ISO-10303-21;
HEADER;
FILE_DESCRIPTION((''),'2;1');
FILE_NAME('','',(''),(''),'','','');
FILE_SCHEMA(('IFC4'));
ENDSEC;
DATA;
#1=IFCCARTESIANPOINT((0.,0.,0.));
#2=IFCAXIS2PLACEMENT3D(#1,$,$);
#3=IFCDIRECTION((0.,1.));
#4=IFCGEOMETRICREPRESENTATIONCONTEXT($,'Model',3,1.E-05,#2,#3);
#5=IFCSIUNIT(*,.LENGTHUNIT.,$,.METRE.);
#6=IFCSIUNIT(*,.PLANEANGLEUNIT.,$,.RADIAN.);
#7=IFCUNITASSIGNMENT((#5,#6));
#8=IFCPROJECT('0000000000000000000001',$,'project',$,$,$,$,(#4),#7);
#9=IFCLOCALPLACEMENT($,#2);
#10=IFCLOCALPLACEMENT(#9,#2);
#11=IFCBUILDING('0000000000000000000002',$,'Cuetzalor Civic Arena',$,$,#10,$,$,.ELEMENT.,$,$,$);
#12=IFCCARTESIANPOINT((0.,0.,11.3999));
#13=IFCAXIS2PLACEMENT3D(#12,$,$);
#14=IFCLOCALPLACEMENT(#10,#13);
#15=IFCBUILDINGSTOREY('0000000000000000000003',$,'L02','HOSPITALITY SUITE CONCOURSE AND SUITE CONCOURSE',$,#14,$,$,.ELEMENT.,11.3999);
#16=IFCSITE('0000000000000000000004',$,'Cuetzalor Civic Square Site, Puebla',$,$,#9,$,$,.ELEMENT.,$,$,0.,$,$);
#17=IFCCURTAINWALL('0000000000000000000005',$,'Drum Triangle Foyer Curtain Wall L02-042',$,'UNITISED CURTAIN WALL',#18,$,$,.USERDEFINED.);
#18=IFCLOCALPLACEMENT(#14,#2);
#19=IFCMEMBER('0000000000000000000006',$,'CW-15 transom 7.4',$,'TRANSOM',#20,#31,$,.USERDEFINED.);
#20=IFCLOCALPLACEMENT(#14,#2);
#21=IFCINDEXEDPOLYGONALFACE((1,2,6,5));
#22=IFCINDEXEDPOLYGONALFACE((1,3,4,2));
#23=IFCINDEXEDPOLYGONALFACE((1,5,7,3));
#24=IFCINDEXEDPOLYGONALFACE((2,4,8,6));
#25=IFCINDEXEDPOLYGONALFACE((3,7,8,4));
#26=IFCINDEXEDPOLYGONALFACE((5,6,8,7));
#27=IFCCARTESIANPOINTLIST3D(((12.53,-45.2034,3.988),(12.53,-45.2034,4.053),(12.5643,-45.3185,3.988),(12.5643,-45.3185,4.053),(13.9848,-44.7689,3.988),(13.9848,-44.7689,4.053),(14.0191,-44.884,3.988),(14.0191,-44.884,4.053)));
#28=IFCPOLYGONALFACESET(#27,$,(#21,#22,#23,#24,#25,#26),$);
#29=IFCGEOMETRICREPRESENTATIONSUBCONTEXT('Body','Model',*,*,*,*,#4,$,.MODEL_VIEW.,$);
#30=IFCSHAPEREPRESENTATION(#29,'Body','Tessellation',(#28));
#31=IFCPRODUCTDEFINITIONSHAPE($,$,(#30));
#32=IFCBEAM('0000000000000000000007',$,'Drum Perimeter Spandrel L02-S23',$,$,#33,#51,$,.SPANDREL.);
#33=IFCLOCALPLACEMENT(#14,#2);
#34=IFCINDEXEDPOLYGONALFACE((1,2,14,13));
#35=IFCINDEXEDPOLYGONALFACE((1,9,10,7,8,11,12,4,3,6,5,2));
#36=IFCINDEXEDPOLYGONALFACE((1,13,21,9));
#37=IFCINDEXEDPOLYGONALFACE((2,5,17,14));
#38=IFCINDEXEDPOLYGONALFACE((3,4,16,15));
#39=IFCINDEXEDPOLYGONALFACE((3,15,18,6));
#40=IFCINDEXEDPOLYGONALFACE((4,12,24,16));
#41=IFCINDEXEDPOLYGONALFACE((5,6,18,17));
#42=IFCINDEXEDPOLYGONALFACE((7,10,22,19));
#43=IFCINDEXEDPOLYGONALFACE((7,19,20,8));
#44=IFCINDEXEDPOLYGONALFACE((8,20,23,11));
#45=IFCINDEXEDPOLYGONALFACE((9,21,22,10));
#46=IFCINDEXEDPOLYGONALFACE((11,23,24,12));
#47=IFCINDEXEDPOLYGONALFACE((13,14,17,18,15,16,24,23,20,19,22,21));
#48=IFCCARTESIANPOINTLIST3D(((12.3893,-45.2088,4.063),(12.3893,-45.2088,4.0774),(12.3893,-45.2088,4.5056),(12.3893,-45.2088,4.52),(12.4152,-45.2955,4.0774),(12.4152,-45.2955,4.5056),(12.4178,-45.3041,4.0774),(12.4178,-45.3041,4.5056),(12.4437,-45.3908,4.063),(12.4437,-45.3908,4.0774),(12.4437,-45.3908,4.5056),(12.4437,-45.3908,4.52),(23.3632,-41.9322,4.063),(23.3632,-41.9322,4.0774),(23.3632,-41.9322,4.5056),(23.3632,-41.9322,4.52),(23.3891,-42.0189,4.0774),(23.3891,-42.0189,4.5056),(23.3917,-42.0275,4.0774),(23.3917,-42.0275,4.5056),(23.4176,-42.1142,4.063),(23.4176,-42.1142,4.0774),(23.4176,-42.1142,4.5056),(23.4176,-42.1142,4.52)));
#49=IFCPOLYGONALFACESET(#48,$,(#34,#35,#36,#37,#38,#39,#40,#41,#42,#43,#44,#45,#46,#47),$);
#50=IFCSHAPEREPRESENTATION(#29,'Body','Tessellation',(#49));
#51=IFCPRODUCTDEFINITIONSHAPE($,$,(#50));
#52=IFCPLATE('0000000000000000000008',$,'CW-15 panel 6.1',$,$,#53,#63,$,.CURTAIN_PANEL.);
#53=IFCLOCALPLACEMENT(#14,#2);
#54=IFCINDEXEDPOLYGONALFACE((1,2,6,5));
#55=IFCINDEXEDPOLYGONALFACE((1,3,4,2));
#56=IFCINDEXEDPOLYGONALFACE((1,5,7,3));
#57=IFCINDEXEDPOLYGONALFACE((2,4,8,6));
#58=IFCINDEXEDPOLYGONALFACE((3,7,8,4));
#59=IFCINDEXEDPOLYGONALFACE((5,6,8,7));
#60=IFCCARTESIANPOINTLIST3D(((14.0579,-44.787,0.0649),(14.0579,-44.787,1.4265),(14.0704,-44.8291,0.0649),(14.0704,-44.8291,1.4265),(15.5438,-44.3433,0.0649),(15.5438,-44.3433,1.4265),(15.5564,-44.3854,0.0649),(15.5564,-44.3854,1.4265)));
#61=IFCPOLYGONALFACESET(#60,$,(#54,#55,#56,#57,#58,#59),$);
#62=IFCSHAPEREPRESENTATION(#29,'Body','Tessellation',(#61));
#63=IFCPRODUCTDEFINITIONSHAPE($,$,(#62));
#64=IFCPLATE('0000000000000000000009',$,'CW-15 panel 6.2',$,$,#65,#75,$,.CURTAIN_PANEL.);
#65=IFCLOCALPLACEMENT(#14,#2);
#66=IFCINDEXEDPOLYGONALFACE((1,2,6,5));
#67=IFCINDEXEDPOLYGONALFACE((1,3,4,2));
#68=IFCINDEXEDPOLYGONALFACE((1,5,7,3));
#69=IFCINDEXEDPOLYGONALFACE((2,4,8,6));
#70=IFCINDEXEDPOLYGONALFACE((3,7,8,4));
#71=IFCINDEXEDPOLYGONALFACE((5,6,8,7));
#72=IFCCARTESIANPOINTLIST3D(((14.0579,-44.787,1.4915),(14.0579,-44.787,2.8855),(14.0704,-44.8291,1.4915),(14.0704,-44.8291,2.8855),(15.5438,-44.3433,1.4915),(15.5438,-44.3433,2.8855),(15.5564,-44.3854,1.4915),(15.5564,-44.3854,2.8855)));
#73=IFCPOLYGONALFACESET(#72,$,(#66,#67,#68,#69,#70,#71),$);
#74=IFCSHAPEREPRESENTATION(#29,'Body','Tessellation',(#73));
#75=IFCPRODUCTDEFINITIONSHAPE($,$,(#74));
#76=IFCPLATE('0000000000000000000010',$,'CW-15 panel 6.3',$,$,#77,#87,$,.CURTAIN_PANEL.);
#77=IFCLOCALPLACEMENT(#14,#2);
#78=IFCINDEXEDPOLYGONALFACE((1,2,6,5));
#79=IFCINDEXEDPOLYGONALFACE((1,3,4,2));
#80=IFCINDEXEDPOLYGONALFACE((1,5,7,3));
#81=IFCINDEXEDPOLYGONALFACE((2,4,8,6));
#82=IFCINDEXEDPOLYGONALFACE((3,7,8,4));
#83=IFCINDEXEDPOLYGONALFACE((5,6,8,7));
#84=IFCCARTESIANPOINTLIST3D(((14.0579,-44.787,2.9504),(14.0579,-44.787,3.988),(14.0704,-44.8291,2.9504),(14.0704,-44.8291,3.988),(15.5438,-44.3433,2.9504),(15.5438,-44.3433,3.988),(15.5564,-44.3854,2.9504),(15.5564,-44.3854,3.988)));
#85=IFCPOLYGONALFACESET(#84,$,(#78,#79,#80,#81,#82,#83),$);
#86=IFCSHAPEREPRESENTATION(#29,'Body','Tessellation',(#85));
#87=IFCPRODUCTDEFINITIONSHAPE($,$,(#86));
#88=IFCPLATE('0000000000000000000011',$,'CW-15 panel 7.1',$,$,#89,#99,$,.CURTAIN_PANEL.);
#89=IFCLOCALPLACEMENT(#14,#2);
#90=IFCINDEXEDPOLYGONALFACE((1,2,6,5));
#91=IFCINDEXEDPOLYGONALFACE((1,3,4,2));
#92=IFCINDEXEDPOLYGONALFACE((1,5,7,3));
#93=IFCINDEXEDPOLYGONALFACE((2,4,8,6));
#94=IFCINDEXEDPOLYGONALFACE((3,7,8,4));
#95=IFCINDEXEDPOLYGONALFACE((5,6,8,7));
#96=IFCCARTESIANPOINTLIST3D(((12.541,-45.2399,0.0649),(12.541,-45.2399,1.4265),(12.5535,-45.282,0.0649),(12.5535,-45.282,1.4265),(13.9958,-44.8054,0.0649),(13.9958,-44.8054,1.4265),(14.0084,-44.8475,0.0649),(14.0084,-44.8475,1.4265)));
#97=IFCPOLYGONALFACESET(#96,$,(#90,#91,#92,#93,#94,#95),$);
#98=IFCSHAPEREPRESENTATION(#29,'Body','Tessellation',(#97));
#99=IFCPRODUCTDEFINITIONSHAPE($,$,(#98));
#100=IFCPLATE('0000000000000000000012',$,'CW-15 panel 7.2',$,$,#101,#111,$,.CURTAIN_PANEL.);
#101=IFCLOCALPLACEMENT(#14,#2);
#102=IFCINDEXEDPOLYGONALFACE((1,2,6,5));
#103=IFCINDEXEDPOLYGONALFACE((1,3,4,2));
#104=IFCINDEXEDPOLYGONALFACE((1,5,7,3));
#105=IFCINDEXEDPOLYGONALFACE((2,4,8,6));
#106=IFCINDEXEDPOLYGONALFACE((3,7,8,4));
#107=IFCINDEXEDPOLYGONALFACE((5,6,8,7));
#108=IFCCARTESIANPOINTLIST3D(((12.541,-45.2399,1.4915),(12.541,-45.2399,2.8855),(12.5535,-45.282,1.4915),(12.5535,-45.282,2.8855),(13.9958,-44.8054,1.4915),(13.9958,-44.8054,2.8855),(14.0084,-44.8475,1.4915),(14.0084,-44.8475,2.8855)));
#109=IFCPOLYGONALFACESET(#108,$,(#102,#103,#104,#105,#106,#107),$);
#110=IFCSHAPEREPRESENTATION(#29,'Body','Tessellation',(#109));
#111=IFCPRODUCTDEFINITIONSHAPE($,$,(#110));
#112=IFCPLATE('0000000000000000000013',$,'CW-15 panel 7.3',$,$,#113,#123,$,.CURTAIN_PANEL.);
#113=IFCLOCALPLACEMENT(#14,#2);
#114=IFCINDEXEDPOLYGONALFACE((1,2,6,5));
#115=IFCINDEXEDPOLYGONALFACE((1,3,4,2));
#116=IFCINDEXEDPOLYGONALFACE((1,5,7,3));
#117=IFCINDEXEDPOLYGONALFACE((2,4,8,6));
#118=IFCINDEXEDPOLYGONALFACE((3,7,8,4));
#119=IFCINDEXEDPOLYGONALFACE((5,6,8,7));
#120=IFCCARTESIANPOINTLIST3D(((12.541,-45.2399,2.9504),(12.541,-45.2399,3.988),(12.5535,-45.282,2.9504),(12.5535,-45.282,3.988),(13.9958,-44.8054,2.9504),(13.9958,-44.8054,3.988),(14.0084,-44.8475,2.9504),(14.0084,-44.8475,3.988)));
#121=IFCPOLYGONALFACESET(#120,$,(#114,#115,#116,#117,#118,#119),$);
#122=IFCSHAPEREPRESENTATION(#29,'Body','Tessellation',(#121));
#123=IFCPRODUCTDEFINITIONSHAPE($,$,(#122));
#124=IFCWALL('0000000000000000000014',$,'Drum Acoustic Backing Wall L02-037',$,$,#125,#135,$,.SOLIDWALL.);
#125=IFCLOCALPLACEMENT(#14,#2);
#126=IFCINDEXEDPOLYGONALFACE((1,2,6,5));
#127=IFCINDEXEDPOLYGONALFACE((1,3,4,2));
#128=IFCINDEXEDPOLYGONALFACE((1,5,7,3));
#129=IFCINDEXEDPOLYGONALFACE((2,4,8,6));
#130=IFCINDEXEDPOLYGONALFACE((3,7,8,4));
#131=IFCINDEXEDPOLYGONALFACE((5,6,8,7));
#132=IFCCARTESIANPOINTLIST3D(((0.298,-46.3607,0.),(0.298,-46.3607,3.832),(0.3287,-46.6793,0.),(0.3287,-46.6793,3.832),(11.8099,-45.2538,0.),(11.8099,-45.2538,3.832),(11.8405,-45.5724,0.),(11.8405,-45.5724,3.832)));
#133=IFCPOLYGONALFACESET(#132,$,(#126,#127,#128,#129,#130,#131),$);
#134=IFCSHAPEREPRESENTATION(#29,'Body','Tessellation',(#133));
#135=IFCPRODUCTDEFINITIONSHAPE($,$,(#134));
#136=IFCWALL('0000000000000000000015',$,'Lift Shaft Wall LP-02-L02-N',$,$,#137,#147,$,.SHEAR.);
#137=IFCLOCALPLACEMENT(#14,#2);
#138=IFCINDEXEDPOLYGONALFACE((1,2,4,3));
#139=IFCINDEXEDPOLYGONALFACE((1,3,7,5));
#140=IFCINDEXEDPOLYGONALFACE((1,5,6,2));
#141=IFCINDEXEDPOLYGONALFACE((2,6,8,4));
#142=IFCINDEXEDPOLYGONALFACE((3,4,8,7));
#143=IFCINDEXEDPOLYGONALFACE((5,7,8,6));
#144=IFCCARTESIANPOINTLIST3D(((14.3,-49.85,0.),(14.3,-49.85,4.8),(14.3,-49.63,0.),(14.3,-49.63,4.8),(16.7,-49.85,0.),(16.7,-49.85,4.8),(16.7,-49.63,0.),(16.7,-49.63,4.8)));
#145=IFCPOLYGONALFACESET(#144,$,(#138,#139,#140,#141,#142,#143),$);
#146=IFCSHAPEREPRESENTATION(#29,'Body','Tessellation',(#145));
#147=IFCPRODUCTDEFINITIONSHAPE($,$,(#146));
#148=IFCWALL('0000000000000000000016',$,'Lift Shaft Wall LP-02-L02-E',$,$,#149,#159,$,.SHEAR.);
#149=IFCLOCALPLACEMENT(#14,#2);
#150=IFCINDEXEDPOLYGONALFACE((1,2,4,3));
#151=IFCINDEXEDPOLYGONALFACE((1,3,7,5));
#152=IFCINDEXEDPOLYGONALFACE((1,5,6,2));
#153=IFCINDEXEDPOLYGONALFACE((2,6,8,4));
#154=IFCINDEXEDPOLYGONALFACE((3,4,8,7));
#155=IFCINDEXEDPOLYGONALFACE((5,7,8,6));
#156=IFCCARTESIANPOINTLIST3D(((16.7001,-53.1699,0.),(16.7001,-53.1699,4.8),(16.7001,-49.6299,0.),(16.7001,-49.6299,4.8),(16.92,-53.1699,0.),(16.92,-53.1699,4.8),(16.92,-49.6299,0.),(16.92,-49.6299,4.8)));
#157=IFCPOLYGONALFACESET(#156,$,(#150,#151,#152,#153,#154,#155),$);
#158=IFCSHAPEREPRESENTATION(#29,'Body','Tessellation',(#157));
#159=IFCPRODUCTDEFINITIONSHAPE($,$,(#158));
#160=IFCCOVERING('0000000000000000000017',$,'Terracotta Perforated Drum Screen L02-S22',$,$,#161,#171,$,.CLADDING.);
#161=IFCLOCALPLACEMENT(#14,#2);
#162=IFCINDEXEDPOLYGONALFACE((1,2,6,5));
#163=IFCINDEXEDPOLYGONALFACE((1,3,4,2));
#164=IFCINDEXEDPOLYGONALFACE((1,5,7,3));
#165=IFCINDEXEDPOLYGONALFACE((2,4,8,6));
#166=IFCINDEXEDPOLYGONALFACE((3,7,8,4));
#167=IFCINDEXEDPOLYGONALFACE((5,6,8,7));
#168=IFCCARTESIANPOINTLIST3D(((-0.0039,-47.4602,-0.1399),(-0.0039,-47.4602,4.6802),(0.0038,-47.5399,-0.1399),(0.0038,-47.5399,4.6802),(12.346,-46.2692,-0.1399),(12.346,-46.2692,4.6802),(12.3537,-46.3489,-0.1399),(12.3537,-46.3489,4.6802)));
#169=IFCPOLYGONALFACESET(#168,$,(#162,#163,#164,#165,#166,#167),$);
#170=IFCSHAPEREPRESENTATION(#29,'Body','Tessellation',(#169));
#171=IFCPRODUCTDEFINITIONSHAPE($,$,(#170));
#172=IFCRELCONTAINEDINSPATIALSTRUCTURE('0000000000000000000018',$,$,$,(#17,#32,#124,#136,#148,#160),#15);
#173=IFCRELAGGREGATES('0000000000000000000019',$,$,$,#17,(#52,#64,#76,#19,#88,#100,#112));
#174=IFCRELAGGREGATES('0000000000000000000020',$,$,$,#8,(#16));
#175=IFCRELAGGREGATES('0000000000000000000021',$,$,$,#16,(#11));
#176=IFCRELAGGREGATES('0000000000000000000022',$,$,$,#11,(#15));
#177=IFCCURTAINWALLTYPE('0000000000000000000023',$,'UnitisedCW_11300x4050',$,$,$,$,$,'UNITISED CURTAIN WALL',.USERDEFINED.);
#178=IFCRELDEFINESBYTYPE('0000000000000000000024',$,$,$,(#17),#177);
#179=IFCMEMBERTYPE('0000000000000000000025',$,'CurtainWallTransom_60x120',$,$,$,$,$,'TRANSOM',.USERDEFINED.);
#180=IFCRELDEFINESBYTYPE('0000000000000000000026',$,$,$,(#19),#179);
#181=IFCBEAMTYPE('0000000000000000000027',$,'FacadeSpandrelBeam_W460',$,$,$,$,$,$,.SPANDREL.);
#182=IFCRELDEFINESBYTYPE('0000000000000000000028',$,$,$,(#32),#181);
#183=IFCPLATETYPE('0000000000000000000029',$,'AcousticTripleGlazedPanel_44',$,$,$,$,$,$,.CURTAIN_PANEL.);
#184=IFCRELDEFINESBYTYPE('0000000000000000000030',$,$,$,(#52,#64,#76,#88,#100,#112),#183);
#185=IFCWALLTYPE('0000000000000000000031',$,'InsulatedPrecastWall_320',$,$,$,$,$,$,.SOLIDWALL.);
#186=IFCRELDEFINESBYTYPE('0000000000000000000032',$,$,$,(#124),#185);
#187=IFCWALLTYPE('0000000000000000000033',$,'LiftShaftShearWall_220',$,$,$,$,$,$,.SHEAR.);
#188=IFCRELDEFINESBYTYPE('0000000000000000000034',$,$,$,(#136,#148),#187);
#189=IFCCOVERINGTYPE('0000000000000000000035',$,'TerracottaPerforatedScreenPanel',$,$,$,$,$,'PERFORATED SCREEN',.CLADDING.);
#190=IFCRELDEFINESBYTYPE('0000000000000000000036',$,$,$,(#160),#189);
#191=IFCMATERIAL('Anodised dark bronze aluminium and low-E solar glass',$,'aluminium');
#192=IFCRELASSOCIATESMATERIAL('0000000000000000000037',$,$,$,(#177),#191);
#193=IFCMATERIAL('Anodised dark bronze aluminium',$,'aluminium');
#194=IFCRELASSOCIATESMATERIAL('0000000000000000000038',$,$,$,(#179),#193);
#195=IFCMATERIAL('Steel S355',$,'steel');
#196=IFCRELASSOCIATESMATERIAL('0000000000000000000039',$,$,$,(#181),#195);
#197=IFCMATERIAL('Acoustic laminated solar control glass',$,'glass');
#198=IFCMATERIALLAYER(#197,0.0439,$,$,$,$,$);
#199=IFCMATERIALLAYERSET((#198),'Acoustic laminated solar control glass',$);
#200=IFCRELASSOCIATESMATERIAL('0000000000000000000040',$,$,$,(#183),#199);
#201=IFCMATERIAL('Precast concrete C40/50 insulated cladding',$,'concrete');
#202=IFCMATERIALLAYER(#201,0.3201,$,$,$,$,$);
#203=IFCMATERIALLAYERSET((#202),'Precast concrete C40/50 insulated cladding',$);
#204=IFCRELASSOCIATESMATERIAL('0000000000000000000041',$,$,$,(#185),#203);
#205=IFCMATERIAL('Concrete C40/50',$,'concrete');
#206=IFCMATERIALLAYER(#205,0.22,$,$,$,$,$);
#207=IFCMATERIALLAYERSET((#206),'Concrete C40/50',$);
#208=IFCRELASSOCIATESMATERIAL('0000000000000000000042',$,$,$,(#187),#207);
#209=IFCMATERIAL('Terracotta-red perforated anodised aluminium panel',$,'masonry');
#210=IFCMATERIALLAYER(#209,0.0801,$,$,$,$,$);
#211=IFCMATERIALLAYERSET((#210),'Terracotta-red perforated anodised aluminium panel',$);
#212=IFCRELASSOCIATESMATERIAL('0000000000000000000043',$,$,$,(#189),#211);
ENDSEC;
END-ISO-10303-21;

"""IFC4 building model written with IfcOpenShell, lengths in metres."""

from ifc_helpers import new_model, si_unit, direction, frame, frame_2d, origin, origin_2d, place, context, subcontext, project, spatial, rectangle, i_section, extrude, material, layer, layer_set, material_profile, profile_set, type_object, element, aggregate, save


model = new_model("IFC4")

# Units and contexts
model_context = context("Model", 3, precision=1e-05, world=origin(), true_north=direction((0.0, 1.0)))
body_context = subcontext(model_context, "Body", "Model", "MODEL_VIEW")
ifc_project = project(units=[si_unit("LENGTHUNIT", "METRE"), si_unit("PLANEANGLEUNIT", "RADIAN")], contexts=[model_context])

# Site, building, storey
site_placement = place(None, origin())
site = spatial("IfcSite", under=ifc_project, at=site_placement, Name="Cuetzalor Civic Square Site, Puebla", CompositionType="ELEMENT", RefElevation=0.0)
building_placement = place(site_placement, origin())
building = spatial("IfcBuilding", under=site, at=building_placement, Name="Cuetzalor Civic Arena", CompositionType="ELEMENT")
storey_placement = place(building_placement, frame((0.0, 0.0, 11.3999)))
storey = spatial("IfcBuildingStorey", under=building, at=storey_placement, Name="L02", Description="HOSPITALITY SUITE CONCOURSE AND SUITE CONCOURSE", CompositionType="ELEMENT", Elevation=11.3999)

# Curtain wall, member
ifc_material_1 = material(Name="Anodised dark bronze aluminium and low-E solar glass", Category="aluminium")
curtain_wall_type = type_object("IfcCurtainWallType", Name="UnitisedCW_11300x4050", ElementType="UNITISED CURTAIN WALL", PredefinedType="USERDEFINED", material=ifc_material_1)
curtain_wall_placement = place(storey_placement, origin())
curtain_wall = element("IfcCurtainWall", 1, at=curtain_wall_placement, inside=storey, type_object=curtain_wall_type, Name="Drum Triangle Foyer Curtain Wall L02-042", ObjectType="UNITISED CURTAIN WALL", PredefinedType="USERDEFINED")
ifc_material_2 = material(Name="Anodised dark bronze aluminium", Category="aluminium")
ifc_material_profile_1 = material_profile(ifc_material_2, rectangle(XDim=0.1201, YDim=0.0649, at=origin_2d()), Name="ALU TRANSOM 65x120")
ifc_profile_set_1 = profile_set([ifc_material_profile_1], Name="Anodised dark bronze aluminium")
member_type_1 = type_object("IfcMemberType", Name="CurtainWallTransom_60x120", ElementType="TRANSOM", PredefinedType="USERDEFINED", material=ifc_profile_set_1)
member_1_placement = place(storey_placement, frame((14.002, -44.8264, 4.0205), z_axis=(-0.958166, -0.286212, 0.0), x_axis=(0.286212, -0.958166, 0.0)))
member_1 = element("IfcMember", 2, at=member_1_placement, type_object=member_type_1, Name="CW-15 transom 7.4", ObjectType="TRANSOM", PredefinedType="USERDEFINED", context=body_context, shape_type="SweptSolid", body=[
    extrude(rectangle(XDim=0.1201, YDim=0.0649, at=origin_2d()), origin(), (0.0, 0.0, 1.0), 1.5183),
])

# Beam
ifc_material_3 = material(Name="Steel S355", Category="steel")
ifc_material_profile_2 = material_profile(ifc_material_3, i_section(OverallWidth=0.1899, OverallDepth=0.457, WebThickness=0.009, FlangeThickness=0.0144, at=origin_2d()), Name="W460x74")
ifc_profile_set_2 = profile_set([ifc_material_profile_2], Name="Steel S355")
beam_type = type_object("IfcBeamType", Name="FacadeSpandrelBeam_W460", PredefinedType="SPANDREL", material=ifc_profile_set_2)
beam_placement = place(storey_placement, frame((12.4165, -45.2998, 4.2915), z_axis=(0.958199, 0.286102, 0.0), x_axis=(-0.286102, 0.958199, 0.0)))
element("IfcBeam", 3, at=beam_placement, inside=storey, type_object=beam_type, Name="Drum Perimeter Spandrel L02-S23", PredefinedType="SPANDREL", context=body_context, shape_type="SweptSolid", body=[
    extrude(i_section(OverallWidth=0.1899, OverallDepth=0.457, WebThickness=0.009, FlangeThickness=0.0144, at=origin_2d()), origin(), (0.0, 0.0, 1.0), 11.4526),
])

# Plates
ifc_material_4 = material(Name="Acoustic laminated solar control glass", Category="glass")
ifc_layer_1 = layer(ifc_material_4, 0.0439)
ifc_layer_set_1 = layer_set([ifc_layer_1], Name="Acoustic laminated solar control glass")
plate_type = type_object("IfcPlateType", Name="AcousticTripleGlazedPanel_44", PredefinedType="CURTAIN_PANEL", material=ifc_layer_set_1)
plate_1_placement = place(storey_placement, frame((14.8071, -44.5862, 0.0649), z_axis=(0.0, 0.0, 1.0), x_axis=(-0.958194, -0.28612, 0.0)))
plate_1 = element("IfcPlate", 4, at=plate_1_placement, type_object=plate_type, Name="CW-15 panel 6.1", PredefinedType="CURTAIN_PANEL", context=body_context, shape_type="SweptSolid", body=[
    extrude(rectangle(XDim=1.5508, YDim=0.0439, at=origin_2d()), origin(), (0.0, 0.0, 1.0), 1.3616),
])
plate_2_placement = place(storey_placement, frame((14.8071, -44.5862, 1.4915), z_axis=(0.0, 0.0, 1.0), x_axis=(-0.958194, -0.28612, 0.0)))
plate_2 = element("IfcPlate", 5, at=plate_2_placement, type_object=plate_type, Name="CW-15 panel 6.2", PredefinedType="CURTAIN_PANEL", context=body_context, shape_type="SweptSolid", body=[
    extrude(rectangle(XDim=1.5508, YDim=0.0439, at=origin_2d()), origin(), (0.0, 0.0, 1.0), 1.394),
])
plate_3_placement = place(storey_placement, frame((14.8071, -44.5862, 2.9504), z_axis=(0.0, 0.0, 1.0), x_axis=(-0.958194, -0.28612, 0.0)))
plate_3 = element("IfcPlate", 6, at=plate_3_placement, type_object=plate_type, Name="CW-15 panel 6.3", PredefinedType="CURTAIN_PANEL", context=body_context, shape_type="SweptSolid", body=[
    extrude(rectangle(XDim=1.5508, YDim=0.0439, at=origin_2d()), origin(), (0.0, 0.0, 1.0), 1.0376),
])
plate_4_placement = place(storey_placement, frame((13.2747, -45.0437, 0.0649), z_axis=(0.0, 0.0, 1.0), x_axis=(-0.958194, -0.28612, 0.0)))
plate_4 = element("IfcPlate", 7, at=plate_4_placement, type_object=plate_type, Name="CW-15 panel 7.1", PredefinedType="CURTAIN_PANEL", context=body_context, shape_type="SweptSolid", body=[
    extrude(rectangle(XDim=1.5183, YDim=0.0439, at=origin_2d()), origin(), (0.0, 0.0, 1.0), 1.3616),
])
plate_5_placement = place(storey_placement, frame((13.2747, -45.0437, 1.4915), z_axis=(0.0, 0.0, 1.0), x_axis=(-0.958194, -0.28612, 0.0)))
plate_5 = element("IfcPlate", 8, at=plate_5_placement, type_object=plate_type, Name="CW-15 panel 7.2", PredefinedType="CURTAIN_PANEL", context=body_context, shape_type="SweptSolid", body=[
    extrude(rectangle(XDim=1.5183, YDim=0.0439, at=origin_2d()), origin(), (0.0, 0.0, 1.0), 1.394),
])
plate_6_placement = place(storey_placement, frame((13.2747, -45.0437, 2.9504), z_axis=(0.0, 0.0, 1.0), x_axis=(-0.958194, -0.28612, 0.0)))
plate_6 = element("IfcPlate", 9, at=plate_6_placement, type_object=plate_type, Name="CW-15 panel 7.3", PredefinedType="CURTAIN_PANEL", context=body_context, shape_type="SweptSolid", body=[
    extrude(rectangle(XDim=1.5183, YDim=0.0439, at=origin_2d()), origin(), (0.0, 0.0, 1.0), 1.0376),
])
aggregate(curtain_wall, [plate_1, plate_2, plate_3, member_1, plate_4, plate_5, plate_6])

# Walls
ifc_material_5 = material(Name="Precast concrete C40/50 insulated cladding", Category="concrete")
ifc_layer_2 = layer(ifc_material_5, 0.3201)
ifc_layer_set_2 = layer_set([ifc_layer_2], Name="Precast concrete C40/50 insulated cladding")
wall_type_1 = type_object("IfcWallType", Name="InsulatedPrecastWall_320", PredefinedType="SOLIDWALL", material=ifc_layer_set_2)
wall_1_placement = place(storey_placement, frame((11.8252, -45.4131, 0.0), z_axis=(0.0, 0.0, 1.0), x_axis=(-0.995409, -0.095714, 0.0)))
element("IfcWall", 10, at=wall_1_placement, inside=storey, type_object=wall_type_1, Name="Drum Acoustic Backing Wall L02-037", PredefinedType="SOLIDWALL", context=body_context, shape_type="SweptSolid", body=[
    extrude(rectangle(XDim=11.5649, YDim=0.3201, at=frame_2d((5.7825, 0.0))), origin(), (0.0, 0.0, 1.0), 3.832),
])
ifc_material_6 = material(Name="Concrete C40/50", Category="concrete")
ifc_layer_3 = layer(ifc_material_6, 0.22)
ifc_layer_set_3 = layer_set([ifc_layer_3], Name="Concrete C40/50")
wall_type_2 = type_object("IfcWallType", Name="LiftShaftShearWall_220", PredefinedType="SHEAR", material=ifc_layer_set_3)
wall_2_placement = place(storey_placement, frame((14.3, -49.74, 0.0), z_axis=(0.0, 0.0, 1.0), x_axis=(1.0, 0.0, 0.0)))
element("IfcWall", 11, at=wall_2_placement, inside=storey, type_object=wall_type_2, Name="Lift Shaft Wall LP-02-L02-N", PredefinedType="SHEAR", context=body_context, shape_type="SweptSolid", body=[
    extrude(rectangle(XDim=2.3999, YDim=0.22, at=frame_2d((1.2, 0.0))), origin(), (0.0, 0.0, 1.0), 4.8),
])
wall_3_placement = place(storey_placement, frame((16.8101, -49.6299, 0.0), z_axis=(0.0, 0.0, 1.0), x_axis=(0.0, -1.0, 0.0)))
element("IfcWall", 12, at=wall_3_placement, inside=storey, type_object=wall_type_2, Name="Lift Shaft Wall LP-02-L02-E", PredefinedType="SHEAR", context=body_context, shape_type="SweptSolid", body=[
    extrude(rectangle(XDim=3.54, YDim=0.22, at=frame_2d((1.77, 0.0))), origin(), (0.0, 0.0, 1.0), 4.8),
])

# Covering
ifc_material_7 = material(Name="Terracotta-red perforated anodised aluminium panel", Category="masonry")
ifc_layer_4 = layer(ifc_material_7, 0.0801)
ifc_layer_set_4 = layer_set([ifc_layer_4], Name="Terracotta-red perforated anodised aluminium panel")
covering_type = type_object("IfcCoveringType", Name="TerracottaPerforatedScreenPanel", ElementType="PERFORATED SCREEN", PredefinedType="CLADDING", material=ifc_layer_set_4)
covering_placement = place(storey_placement, frame((12.3499, -46.3091, -0.1399), z_axis=(0.0, 0.0, 1.0), x_axis=(-0.995383, -0.095986, 0.0)))
element("IfcCovering", 13, at=covering_placement, inside=storey, type_object=covering_type, Name="Terracotta Perforated Drum Screen L02-S22", PredefinedType="CLADDING", context=body_context, shape_type="SweptSolid", body=[
    extrude(rectangle(XDim=12.4072, YDim=0.0801, at=frame_2d((6.2036, 0.0))), origin(), (0.0, 0.0, 1.0), 4.8201),
])

save(model, "model.ifc")
